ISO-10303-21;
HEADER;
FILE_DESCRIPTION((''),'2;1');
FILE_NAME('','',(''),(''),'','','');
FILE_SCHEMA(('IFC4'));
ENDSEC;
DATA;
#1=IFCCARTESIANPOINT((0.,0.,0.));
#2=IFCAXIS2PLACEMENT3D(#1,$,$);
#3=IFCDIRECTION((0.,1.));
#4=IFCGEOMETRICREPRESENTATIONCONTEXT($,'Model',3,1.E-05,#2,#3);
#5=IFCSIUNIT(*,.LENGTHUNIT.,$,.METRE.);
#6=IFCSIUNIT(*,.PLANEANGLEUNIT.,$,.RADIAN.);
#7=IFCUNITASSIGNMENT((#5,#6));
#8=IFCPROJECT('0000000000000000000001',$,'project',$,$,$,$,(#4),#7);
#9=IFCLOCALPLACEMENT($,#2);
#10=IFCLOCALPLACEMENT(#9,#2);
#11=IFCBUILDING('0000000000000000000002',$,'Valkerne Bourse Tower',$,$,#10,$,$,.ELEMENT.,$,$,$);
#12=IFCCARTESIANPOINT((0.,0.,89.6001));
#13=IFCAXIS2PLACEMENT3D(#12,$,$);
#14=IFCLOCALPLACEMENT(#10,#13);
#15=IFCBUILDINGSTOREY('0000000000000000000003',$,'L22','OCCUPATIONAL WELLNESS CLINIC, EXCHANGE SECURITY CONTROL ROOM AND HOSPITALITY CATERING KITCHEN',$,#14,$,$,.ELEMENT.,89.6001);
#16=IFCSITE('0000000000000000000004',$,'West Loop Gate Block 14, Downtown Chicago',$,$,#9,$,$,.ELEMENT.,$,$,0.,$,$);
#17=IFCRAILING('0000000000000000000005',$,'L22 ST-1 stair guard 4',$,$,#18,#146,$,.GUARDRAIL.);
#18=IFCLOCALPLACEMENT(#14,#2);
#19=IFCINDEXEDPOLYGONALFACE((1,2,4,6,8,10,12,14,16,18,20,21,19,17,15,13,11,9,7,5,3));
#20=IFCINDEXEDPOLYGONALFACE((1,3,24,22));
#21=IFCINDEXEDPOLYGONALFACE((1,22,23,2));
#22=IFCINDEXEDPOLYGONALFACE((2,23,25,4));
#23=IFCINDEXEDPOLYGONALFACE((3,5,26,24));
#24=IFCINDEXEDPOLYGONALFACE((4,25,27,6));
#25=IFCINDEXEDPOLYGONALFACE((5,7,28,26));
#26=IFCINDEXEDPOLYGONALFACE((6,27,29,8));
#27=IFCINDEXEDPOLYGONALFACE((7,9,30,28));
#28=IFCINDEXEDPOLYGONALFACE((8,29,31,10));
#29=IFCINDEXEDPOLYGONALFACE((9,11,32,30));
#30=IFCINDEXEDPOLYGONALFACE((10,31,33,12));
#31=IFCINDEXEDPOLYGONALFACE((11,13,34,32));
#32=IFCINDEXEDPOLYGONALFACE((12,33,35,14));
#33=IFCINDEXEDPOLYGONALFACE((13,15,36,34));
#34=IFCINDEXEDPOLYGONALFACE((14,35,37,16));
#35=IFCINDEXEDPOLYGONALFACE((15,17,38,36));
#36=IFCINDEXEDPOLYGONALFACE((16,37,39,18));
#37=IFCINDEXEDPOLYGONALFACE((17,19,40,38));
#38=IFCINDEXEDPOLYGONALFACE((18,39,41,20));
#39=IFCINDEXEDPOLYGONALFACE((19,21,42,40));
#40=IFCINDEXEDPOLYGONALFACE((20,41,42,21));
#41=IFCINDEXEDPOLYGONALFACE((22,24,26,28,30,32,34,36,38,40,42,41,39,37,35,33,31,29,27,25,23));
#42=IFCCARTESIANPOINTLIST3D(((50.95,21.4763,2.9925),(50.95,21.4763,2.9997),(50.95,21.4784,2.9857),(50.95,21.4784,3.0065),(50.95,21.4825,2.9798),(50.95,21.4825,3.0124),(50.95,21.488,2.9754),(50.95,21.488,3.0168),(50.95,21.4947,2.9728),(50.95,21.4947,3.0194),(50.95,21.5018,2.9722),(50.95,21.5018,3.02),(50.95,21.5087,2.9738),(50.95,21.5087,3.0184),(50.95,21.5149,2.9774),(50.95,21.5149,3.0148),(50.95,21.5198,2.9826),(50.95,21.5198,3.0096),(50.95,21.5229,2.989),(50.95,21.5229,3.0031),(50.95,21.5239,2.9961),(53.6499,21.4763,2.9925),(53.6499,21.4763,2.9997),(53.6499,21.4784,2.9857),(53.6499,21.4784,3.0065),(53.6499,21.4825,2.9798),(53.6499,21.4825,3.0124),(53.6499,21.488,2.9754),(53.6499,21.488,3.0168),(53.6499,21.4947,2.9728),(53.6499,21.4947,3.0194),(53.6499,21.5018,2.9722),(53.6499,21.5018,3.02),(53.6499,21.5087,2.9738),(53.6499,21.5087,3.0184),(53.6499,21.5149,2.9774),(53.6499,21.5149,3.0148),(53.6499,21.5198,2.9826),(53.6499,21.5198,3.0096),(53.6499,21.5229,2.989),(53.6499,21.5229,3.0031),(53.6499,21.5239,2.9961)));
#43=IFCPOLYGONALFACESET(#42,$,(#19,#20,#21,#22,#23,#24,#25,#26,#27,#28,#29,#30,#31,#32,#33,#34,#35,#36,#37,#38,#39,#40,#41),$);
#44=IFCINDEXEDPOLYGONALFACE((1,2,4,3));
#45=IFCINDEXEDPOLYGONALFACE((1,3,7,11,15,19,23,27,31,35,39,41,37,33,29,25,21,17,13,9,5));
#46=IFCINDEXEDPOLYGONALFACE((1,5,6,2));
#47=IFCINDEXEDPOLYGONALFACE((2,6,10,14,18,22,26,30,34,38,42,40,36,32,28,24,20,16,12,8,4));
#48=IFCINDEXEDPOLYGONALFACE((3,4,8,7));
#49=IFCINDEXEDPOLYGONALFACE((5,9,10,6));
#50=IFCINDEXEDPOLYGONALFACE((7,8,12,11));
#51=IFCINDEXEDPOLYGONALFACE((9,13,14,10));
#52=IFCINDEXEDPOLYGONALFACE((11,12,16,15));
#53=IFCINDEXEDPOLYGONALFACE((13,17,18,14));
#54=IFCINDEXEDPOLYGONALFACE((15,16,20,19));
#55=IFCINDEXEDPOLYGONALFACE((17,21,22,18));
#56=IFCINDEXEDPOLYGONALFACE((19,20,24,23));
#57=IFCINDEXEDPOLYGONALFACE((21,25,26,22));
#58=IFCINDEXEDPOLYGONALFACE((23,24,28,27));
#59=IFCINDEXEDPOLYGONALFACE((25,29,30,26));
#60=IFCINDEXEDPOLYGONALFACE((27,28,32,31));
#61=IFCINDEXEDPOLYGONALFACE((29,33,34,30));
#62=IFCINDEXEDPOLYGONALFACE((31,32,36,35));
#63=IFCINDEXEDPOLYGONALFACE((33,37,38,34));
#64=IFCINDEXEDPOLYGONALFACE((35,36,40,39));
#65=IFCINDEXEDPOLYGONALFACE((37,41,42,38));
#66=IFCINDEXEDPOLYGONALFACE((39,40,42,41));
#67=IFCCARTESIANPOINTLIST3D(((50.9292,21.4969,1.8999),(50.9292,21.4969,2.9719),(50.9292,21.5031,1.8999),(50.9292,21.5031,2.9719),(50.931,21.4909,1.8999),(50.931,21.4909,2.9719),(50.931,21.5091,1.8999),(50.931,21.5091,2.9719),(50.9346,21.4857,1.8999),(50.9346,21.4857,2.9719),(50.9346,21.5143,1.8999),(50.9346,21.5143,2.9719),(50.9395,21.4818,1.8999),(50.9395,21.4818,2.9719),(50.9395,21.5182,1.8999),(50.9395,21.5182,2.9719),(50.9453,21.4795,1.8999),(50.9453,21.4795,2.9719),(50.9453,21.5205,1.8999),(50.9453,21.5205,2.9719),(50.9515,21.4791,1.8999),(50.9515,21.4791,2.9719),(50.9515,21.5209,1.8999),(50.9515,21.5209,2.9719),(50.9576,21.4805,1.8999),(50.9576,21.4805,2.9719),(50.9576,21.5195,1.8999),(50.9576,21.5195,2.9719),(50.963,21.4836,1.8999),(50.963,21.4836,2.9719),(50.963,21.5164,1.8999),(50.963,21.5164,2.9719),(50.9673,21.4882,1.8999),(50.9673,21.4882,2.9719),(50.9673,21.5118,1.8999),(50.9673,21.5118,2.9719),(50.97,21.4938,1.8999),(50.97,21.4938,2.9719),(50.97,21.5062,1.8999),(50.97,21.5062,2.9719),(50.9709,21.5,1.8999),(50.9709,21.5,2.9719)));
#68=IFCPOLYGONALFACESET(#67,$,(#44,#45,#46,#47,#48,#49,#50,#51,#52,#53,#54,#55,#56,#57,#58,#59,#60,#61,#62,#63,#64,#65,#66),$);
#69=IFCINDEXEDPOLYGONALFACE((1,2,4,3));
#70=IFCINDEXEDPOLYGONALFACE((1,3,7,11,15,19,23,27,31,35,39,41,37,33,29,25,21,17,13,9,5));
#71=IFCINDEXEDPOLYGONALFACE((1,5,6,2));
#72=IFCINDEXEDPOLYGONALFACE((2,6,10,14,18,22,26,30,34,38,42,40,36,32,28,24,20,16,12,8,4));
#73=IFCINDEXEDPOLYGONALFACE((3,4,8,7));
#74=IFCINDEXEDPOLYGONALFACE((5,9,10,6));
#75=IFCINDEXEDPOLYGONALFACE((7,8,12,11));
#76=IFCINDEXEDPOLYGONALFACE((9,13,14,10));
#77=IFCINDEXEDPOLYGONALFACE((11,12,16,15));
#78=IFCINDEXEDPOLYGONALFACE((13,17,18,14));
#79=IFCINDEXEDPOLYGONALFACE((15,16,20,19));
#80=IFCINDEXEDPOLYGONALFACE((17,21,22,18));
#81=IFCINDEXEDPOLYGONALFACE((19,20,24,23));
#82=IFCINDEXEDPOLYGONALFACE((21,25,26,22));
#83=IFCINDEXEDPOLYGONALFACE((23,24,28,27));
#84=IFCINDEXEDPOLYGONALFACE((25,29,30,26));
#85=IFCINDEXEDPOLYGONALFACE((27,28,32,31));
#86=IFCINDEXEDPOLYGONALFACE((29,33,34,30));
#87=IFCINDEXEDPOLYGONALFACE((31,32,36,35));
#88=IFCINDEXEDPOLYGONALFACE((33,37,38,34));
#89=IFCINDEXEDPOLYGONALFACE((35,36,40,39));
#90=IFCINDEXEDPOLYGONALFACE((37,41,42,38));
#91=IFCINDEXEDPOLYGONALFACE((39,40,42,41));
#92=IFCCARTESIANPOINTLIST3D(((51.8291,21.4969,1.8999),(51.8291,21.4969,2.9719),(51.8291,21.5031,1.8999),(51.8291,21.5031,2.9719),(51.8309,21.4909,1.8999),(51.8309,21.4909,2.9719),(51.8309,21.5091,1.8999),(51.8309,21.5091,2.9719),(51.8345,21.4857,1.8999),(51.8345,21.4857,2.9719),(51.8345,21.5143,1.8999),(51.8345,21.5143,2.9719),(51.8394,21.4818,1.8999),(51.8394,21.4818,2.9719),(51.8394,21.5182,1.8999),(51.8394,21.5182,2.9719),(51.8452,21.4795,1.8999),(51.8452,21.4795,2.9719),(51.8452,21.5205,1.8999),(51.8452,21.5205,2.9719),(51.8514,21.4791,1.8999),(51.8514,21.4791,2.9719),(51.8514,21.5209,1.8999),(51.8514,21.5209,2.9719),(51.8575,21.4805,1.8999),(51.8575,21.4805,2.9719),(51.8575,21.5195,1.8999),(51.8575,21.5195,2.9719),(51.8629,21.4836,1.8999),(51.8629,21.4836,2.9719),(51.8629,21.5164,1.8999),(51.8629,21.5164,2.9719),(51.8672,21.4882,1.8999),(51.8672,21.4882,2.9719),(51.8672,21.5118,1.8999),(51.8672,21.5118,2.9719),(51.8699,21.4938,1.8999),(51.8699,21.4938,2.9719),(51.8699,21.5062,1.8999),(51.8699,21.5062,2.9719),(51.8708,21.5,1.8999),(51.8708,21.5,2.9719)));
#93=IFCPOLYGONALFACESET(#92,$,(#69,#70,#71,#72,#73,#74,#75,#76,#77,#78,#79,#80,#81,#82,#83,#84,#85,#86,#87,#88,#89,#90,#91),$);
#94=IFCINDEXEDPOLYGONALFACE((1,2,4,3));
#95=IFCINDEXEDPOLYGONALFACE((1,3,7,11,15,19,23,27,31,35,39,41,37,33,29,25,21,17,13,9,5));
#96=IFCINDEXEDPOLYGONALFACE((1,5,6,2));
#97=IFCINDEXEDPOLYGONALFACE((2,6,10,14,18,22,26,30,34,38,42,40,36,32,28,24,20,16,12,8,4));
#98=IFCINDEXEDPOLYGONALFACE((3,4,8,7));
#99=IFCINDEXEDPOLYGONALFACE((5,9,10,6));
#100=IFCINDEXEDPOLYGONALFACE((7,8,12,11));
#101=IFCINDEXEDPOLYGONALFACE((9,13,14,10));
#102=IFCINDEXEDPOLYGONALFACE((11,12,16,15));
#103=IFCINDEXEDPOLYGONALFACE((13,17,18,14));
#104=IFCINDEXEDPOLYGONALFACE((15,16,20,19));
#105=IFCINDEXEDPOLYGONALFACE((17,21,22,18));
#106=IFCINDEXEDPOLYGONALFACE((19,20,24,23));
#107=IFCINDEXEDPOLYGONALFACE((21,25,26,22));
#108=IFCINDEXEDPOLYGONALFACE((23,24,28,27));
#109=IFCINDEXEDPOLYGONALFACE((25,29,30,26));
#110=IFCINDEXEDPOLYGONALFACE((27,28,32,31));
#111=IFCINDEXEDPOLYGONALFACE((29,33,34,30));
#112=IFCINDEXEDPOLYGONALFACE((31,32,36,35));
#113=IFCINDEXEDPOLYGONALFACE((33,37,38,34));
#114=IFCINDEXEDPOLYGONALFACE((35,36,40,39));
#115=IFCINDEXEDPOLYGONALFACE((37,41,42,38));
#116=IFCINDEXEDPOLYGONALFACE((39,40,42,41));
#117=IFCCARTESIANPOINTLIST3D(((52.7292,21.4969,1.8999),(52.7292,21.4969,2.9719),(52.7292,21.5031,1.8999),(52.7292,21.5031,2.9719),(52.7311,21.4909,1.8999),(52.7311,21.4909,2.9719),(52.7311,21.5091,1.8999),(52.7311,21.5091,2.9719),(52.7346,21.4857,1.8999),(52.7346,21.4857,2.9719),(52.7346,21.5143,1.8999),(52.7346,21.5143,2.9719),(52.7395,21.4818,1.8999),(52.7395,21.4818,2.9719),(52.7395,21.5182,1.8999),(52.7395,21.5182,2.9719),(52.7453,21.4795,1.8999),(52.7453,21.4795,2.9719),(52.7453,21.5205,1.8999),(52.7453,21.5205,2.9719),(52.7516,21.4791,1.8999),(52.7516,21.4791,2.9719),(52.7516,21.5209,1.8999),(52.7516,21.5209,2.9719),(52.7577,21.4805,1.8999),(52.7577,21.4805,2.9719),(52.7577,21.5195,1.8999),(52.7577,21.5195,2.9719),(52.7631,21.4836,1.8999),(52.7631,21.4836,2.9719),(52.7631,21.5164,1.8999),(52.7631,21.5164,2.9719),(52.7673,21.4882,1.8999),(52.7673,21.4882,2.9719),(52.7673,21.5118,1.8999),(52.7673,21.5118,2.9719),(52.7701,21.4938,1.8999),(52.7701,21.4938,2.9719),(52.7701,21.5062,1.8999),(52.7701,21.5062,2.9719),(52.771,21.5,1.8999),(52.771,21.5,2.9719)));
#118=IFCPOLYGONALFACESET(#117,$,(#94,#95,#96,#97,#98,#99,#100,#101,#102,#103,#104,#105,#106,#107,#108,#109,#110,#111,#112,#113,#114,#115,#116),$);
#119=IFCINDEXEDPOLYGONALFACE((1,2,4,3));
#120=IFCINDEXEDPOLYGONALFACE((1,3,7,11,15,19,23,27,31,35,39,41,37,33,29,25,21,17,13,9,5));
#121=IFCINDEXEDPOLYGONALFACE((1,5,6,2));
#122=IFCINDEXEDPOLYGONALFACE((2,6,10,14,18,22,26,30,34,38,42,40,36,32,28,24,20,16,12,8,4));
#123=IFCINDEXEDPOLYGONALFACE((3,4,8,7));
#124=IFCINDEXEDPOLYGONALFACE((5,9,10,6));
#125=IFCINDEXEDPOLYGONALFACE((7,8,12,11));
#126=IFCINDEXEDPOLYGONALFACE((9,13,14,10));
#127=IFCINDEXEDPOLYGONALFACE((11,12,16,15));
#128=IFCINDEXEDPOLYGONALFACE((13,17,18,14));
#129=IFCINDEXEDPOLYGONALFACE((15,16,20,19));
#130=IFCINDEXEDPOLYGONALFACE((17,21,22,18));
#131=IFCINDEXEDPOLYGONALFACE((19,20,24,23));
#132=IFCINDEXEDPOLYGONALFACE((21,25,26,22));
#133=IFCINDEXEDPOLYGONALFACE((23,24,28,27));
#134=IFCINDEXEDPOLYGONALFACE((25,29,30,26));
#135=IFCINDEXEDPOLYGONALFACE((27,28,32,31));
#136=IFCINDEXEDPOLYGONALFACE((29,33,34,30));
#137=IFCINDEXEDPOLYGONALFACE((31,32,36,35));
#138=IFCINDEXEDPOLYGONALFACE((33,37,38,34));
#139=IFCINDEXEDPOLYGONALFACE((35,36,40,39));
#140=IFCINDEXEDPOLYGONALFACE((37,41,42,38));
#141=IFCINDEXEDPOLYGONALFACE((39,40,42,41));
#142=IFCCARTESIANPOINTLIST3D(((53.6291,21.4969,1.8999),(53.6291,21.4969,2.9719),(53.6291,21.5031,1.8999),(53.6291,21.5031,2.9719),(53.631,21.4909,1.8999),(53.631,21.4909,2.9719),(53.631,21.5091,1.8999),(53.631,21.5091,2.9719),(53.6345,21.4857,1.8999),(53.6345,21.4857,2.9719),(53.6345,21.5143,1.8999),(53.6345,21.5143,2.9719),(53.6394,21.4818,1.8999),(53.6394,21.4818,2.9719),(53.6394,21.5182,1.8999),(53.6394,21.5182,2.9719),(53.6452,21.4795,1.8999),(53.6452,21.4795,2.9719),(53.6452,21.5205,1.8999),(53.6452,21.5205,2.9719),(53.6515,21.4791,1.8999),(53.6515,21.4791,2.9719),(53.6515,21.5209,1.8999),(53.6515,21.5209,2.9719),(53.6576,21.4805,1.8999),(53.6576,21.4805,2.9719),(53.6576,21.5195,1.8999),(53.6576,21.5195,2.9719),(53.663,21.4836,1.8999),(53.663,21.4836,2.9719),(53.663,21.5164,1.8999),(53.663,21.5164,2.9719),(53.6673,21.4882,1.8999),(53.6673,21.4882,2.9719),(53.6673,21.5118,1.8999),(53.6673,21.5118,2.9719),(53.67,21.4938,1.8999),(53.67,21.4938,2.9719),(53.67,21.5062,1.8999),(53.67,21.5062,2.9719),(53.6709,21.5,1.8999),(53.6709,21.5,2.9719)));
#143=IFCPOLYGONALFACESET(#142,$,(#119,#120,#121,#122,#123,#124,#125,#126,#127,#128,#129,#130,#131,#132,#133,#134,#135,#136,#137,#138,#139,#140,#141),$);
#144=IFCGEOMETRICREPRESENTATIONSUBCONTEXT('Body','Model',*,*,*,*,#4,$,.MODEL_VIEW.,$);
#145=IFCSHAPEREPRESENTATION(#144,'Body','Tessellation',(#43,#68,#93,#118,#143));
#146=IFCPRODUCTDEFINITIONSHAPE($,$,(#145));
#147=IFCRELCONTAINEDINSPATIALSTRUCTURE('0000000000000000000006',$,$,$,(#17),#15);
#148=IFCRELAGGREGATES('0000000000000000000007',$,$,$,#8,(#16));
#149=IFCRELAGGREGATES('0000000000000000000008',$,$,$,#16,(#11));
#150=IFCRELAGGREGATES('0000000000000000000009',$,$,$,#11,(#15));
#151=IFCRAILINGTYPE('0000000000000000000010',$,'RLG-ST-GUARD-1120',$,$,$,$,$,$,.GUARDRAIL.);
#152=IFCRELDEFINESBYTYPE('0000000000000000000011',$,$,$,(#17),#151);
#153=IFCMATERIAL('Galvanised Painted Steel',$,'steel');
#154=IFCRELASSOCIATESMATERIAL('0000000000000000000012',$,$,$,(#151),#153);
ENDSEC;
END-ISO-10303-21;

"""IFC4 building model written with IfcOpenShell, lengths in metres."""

from ifc_helpers import new_model, si_unit, direction, frame, origin, origin_2d, place, context, subcontext, project, spatial, circle, extrude, material, type_object, element, save


model = new_model("IFC4")

# Units and contexts
model_context = context("Model", 3, precision=1e-05, world=origin(), true_north=direction((0.0, 1.0)))
body_context = subcontext(model_context, "Body", "Model", "MODEL_VIEW")
ifc_project = project(units=[si_unit("LENGTHUNIT", "METRE"), si_unit("PLANEANGLEUNIT", "RADIAN")], contexts=[model_context])

# Site, building, storey
site_placement = place(None, origin())
site = spatial("IfcSite", under=ifc_project, at=site_placement, Name="West Loop Gate Block 14, Downtown Chicago", CompositionType="ELEMENT", RefElevation=0.0)
building_placement = place(site_placement, origin())
building = spatial("IfcBuilding", under=site, at=building_placement, Name="Valkerne Bourse Tower", CompositionType="ELEMENT")
storey_placement = place(building_placement, frame((0.0, 0.0, 89.6001)))
storey = spatial("IfcBuildingStorey", under=building, at=storey_placement, Name="L22", Description="OCCUPATIONAL WELLNESS CLINIC, EXCHANGE SECURITY CONTROL ROOM AND HOSPITALITY CATERING KITCHEN", CompositionType="ELEMENT", Elevation=89.6001)

# Shared definitions
ifc_material_1 = material(Name="Galvanised Painted Steel", Category="steel")

# Railing
railing_type_1 = type_object("IfcRailingType", Name="RLG-ST-GUARD-1120", PredefinedType="GUARDRAIL", material=ifc_material_1)
for number, where, name in (
    (1, (50.95, 21.5, 1.8999), "L22 ST-1 stair guard 4"),
):
    element("IfcRailing", number, at=place(storey_placement, frame(where)), inside=storey, type_object=railing_type_1, Name=name, PredefinedType="GUARDRAIL", context=body_context, shape_type="SweptSolid", body=[
        extrude(circle(Radius=0.0239, at=origin_2d()), frame((0.0, 0.0, 1.0962), z_axis=(1.0, 0.0, 0.0), x_axis=(0.0, 1.0, 0.0)), (0.0, 0.0, 1.0), 2.7),
        extrude(circle(Radius=0.021, at=origin_2d()), origin(), (0.0, 0.0, 1.0), 1.072),
        extrude(circle(Radius=0.021, at=origin_2d()), frame((0.8999, 0.0, 0.0)), (0.0, 0.0, 1.0), 1.072),
        extrude(circle(Radius=0.021, at=origin_2d()), frame((1.8, 0.0, 0.0)), (0.0, 0.0, 1.0), 1.072),
        extrude(circle(Radius=0.021, at=origin_2d()), frame((2.7, 0.0, 0.0)), (0.0, 0.0, 1.0), 1.072),
    ])

save(model, "model.ifc")
